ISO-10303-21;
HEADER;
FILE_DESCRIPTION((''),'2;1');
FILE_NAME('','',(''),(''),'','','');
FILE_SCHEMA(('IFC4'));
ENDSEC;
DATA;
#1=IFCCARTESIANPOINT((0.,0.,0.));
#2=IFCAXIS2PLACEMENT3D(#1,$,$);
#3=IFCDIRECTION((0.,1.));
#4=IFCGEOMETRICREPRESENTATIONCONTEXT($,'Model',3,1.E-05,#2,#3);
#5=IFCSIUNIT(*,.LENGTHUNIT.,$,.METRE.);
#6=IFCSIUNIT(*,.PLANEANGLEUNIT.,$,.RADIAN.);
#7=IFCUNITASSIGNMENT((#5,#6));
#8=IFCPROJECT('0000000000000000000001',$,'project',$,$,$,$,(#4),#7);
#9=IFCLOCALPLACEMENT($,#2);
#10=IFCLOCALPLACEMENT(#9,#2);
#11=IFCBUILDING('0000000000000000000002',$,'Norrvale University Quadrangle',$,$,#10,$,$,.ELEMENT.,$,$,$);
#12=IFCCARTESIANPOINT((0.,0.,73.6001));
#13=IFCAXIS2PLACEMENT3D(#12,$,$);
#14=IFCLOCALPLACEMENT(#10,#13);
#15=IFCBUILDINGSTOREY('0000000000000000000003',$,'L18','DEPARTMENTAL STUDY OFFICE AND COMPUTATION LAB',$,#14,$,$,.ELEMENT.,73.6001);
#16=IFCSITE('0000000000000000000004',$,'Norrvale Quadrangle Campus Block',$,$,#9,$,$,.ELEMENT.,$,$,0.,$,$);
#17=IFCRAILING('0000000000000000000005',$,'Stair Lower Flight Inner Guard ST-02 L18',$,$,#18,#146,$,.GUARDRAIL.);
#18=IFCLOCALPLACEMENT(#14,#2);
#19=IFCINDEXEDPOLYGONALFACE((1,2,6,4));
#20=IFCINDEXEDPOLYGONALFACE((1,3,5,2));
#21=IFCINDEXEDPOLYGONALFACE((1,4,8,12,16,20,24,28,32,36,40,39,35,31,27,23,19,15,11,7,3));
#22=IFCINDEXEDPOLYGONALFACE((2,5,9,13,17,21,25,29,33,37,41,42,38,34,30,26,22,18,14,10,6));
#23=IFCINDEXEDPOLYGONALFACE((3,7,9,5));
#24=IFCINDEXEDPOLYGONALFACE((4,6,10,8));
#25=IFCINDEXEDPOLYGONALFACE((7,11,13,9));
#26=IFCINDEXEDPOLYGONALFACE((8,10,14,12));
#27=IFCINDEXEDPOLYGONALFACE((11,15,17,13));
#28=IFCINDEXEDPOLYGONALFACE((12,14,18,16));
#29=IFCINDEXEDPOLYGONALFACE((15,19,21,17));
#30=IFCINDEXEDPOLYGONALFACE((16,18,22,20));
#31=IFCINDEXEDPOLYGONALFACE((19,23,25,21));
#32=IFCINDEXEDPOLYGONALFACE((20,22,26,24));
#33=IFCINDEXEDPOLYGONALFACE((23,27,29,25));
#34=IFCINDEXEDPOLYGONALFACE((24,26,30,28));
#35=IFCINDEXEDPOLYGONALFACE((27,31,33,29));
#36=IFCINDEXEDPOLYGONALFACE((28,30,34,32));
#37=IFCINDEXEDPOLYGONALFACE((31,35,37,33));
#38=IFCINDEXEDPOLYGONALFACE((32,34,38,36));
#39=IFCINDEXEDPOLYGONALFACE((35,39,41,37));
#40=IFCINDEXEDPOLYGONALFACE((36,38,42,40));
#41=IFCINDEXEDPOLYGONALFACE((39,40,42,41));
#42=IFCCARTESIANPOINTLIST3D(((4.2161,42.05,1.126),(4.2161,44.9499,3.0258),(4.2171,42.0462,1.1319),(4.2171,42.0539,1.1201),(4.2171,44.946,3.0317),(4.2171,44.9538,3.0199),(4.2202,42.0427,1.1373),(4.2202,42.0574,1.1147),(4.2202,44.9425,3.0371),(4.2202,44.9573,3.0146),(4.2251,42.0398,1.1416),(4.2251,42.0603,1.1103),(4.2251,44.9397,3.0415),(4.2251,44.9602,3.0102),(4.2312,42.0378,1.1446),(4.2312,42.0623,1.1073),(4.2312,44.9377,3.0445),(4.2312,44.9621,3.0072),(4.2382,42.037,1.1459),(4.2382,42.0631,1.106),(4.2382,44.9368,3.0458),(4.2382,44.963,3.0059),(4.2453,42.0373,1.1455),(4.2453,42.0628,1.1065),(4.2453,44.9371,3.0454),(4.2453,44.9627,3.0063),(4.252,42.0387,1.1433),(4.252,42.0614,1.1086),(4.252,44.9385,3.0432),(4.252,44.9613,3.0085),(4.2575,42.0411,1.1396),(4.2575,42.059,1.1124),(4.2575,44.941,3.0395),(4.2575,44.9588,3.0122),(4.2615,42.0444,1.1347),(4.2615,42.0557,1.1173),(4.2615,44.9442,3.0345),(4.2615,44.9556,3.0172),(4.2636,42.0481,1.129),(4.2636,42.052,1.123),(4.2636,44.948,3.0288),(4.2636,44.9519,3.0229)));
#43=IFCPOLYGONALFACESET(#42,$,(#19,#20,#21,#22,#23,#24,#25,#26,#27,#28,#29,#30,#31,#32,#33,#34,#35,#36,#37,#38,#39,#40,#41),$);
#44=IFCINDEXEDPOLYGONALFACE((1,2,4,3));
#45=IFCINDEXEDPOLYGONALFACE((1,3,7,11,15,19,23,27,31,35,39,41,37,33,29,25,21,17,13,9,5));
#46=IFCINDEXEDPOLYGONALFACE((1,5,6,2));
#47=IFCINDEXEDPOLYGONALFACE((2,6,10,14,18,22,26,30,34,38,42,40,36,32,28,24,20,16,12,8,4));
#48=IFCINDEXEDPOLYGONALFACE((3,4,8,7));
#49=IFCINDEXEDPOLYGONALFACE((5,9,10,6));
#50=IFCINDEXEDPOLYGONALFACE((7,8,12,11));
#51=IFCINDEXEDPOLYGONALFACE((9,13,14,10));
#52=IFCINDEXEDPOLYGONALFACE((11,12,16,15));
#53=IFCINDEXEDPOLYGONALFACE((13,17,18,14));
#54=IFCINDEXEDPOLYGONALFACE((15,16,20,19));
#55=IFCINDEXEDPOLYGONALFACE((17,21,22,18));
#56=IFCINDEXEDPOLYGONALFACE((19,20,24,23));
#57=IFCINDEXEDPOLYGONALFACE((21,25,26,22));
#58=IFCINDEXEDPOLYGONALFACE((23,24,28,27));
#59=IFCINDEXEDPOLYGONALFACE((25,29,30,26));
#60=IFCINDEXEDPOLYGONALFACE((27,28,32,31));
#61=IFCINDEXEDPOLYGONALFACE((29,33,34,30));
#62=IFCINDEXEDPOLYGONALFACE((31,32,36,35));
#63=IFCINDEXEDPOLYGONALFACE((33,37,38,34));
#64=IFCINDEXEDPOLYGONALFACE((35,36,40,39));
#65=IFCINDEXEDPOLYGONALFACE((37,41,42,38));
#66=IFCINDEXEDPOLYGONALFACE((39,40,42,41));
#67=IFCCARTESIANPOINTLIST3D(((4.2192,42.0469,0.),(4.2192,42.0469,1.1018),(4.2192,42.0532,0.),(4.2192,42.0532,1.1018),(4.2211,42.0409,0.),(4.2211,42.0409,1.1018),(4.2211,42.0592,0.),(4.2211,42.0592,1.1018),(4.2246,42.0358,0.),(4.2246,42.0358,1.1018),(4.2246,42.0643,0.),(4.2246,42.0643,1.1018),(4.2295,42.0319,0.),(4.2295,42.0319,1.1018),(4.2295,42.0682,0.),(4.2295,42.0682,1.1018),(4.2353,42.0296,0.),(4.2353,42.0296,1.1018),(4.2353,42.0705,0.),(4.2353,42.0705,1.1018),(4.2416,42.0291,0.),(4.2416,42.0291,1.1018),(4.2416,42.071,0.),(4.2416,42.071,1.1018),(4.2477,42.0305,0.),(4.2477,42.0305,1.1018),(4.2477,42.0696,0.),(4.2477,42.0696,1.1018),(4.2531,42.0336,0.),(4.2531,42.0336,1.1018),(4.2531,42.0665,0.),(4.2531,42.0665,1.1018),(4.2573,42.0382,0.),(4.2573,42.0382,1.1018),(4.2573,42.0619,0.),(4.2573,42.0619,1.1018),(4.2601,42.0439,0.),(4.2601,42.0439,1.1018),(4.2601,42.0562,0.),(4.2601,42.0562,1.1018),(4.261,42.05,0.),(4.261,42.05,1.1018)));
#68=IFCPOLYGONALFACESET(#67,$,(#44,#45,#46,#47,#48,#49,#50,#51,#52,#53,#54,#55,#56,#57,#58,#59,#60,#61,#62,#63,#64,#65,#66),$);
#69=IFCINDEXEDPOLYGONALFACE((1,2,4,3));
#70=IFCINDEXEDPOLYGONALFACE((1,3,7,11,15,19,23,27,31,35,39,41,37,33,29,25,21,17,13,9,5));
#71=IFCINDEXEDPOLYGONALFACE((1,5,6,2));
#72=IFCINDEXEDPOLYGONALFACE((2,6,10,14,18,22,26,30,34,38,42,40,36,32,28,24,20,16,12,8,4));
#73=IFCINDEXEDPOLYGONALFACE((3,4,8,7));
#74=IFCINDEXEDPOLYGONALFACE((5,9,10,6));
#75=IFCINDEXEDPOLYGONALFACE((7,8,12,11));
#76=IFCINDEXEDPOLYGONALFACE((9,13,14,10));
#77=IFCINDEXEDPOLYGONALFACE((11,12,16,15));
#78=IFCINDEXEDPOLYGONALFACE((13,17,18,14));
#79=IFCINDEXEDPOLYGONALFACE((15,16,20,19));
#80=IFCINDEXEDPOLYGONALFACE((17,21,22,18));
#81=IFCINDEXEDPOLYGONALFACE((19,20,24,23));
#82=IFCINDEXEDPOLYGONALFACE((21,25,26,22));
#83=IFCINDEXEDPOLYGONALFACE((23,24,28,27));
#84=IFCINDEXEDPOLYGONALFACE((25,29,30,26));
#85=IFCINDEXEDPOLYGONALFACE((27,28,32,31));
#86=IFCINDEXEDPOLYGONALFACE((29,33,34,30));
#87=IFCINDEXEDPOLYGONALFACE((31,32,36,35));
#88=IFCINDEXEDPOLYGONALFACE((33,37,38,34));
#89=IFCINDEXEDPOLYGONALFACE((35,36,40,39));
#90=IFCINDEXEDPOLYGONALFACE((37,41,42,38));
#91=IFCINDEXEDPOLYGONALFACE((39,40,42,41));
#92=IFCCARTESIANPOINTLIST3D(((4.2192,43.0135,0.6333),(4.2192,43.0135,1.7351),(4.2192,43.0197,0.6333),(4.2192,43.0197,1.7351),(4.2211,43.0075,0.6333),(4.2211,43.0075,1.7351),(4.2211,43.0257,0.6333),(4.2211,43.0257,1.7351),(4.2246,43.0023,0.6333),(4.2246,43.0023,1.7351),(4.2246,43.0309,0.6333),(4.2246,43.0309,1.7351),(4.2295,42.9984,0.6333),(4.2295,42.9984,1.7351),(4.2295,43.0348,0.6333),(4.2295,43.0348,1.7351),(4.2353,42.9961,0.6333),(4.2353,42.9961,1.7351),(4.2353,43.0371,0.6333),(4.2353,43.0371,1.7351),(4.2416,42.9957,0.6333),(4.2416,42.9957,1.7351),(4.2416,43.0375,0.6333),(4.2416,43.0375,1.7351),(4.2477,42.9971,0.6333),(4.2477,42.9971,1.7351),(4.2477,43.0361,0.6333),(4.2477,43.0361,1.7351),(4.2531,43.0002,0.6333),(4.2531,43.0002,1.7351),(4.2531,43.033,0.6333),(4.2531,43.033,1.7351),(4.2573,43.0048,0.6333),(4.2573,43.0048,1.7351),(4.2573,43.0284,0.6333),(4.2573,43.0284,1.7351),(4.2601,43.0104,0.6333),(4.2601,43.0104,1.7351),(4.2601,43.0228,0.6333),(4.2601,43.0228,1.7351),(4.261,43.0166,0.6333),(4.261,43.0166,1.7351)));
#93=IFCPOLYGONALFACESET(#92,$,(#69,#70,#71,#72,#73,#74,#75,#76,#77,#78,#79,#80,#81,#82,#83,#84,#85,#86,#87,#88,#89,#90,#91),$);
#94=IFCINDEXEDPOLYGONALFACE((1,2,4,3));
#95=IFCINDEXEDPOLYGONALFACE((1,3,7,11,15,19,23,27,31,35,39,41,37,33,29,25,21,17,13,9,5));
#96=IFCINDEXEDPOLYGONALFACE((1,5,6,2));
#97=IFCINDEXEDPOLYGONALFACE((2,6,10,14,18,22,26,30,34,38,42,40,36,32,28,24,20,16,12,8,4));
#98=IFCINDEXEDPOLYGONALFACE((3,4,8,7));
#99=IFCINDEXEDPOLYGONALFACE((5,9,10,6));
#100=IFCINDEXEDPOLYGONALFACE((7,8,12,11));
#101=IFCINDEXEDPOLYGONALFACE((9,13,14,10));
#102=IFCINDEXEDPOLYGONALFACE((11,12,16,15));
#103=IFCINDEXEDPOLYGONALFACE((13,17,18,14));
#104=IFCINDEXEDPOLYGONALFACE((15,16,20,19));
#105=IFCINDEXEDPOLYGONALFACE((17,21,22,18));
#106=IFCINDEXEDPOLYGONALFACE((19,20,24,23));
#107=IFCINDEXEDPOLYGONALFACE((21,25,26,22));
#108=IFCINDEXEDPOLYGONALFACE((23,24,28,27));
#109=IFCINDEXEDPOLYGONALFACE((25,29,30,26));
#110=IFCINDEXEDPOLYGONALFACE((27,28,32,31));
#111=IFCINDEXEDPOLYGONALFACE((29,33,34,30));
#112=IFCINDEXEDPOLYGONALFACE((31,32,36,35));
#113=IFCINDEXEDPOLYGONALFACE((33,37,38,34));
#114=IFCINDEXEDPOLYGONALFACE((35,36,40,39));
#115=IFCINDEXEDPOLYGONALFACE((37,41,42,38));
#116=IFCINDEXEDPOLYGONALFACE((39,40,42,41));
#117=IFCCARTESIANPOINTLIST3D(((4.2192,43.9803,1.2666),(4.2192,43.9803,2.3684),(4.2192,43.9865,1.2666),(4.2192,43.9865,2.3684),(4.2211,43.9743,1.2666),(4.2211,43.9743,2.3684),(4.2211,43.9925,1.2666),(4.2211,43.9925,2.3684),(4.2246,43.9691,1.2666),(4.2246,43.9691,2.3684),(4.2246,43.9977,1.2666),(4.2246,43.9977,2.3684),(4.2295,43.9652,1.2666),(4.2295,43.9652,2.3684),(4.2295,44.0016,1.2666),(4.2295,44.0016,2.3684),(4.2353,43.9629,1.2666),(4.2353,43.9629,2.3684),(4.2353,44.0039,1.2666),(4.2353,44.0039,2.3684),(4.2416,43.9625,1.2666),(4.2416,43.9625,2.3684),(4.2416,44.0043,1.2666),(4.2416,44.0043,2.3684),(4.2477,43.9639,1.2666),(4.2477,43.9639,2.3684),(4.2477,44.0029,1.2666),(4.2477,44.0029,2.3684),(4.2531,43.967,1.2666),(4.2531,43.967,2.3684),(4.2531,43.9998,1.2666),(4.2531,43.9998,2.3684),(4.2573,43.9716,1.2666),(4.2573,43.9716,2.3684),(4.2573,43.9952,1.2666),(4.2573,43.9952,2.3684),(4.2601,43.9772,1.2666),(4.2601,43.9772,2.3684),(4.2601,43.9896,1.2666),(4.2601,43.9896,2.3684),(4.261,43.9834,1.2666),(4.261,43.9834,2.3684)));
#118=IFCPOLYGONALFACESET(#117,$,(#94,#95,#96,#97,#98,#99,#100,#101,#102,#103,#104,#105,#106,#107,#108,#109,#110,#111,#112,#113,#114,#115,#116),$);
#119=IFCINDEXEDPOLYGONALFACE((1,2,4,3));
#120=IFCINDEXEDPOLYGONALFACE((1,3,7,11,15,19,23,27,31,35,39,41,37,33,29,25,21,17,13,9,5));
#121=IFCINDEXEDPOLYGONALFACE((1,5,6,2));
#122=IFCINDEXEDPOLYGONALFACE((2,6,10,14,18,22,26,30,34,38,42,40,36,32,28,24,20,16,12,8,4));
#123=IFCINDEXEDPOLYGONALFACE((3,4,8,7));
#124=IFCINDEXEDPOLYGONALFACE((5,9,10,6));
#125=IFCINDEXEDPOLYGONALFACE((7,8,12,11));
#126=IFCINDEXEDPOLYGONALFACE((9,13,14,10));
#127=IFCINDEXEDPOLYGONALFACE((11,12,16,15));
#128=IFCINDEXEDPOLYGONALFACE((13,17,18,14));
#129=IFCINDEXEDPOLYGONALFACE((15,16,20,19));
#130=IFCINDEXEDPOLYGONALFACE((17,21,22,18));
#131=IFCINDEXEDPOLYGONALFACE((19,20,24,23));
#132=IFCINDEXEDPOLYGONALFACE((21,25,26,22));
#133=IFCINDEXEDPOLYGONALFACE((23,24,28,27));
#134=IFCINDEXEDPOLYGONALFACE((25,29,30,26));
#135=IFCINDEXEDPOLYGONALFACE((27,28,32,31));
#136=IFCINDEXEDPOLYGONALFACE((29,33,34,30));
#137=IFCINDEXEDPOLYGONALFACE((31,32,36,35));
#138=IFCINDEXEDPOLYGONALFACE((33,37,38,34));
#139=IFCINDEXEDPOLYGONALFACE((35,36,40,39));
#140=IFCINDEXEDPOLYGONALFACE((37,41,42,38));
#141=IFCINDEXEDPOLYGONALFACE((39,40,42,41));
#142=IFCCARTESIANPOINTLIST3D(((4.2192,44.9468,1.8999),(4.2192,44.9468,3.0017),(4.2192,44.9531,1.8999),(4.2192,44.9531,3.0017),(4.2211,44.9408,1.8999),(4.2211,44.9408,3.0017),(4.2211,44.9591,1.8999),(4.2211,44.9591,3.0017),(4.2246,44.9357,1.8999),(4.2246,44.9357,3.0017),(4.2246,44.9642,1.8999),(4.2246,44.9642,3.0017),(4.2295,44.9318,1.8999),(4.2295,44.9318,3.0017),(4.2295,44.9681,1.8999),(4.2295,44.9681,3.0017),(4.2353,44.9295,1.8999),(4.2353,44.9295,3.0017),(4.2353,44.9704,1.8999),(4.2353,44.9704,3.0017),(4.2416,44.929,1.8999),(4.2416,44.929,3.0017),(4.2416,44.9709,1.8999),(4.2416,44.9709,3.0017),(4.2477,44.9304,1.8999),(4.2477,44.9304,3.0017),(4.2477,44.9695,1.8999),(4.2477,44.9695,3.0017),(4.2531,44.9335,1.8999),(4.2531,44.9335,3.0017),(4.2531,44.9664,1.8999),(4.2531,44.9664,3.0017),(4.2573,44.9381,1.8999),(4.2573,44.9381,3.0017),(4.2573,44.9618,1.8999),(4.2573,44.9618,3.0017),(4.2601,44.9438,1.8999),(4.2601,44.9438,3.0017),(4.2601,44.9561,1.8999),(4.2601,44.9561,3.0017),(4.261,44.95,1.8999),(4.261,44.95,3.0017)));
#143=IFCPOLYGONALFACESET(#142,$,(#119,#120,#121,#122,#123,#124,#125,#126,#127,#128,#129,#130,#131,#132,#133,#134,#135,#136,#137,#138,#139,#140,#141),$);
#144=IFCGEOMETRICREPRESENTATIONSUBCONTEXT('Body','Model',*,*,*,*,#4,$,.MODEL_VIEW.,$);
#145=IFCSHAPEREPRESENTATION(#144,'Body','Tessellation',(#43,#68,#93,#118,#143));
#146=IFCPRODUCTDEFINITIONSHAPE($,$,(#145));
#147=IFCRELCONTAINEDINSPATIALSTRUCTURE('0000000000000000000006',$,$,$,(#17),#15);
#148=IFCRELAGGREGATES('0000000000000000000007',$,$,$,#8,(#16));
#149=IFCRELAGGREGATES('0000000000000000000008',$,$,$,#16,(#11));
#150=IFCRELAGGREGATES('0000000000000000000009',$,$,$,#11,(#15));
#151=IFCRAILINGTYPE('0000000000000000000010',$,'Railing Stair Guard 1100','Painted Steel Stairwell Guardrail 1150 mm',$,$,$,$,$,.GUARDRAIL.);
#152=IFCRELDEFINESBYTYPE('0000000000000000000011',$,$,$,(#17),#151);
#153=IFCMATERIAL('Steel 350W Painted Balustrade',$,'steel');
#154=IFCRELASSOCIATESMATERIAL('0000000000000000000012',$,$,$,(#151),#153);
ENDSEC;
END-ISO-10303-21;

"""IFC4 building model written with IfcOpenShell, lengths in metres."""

from ifc_helpers import new_model, si_unit, direction, frame, origin, origin_2d, place, context, subcontext, project, spatial, circle, extrude, material, type_object, element, save


model = new_model("IFC4")

# Units and contexts
model_context = context("Model", 3, precision=1e-05, world=origin(), true_north=direction((0.0, 1.0)))
body_context = subcontext(model_context, "Body", "Model", "MODEL_VIEW")
ifc_project = project(units=[si_unit("LENGTHUNIT", "METRE"), si_unit("PLANEANGLEUNIT", "RADIAN")], contexts=[model_context])

# Site, building, storey
site_placement = place(None, origin())
site = spatial("IfcSite", under=ifc_project, at=site_placement, Name="Norrvale Quadrangle Campus Block", CompositionType="ELEMENT", RefElevation=0.0)
building_placement = place(site_placement, origin())
building = spatial("IfcBuilding", under=site, at=building_placement, Name="Norrvale University Quadrangle", CompositionType="ELEMENT")
storey_placement = place(building_placement, frame((0.0, 0.0, 73.6001)))
storey = spatial("IfcBuildingStorey", under=building, at=storey_placement, Name="L18", Description="DEPARTMENTAL STUDY OFFICE AND COMPUTATION LAB", CompositionType="ELEMENT", Elevation=73.6001)

# Railing
ifc_material_1 = material(Name="Steel 350W Painted Balustrade", Category="steel")
railing_type_1 = type_object("IfcRailingType", Name="Railing Stair Guard 1100", Description="Painted Steel Stairwell Guardrail 1150 mm", PredefinedType="GUARDRAIL", material=ifc_material_1)
railing_1_placement = place(storey_placement, frame((4.24, 42.05, 0.0)))
element("IfcRailing", 1, at=railing_1_placement, inside=storey, type_object=railing_type_1, Name="Stair Lower Flight Inner Guard ST-02 L18", PredefinedType="GUARDRAIL", context=body_context, shape_type="SweptSolid", body=[
    extrude(circle(Radius=0.0239, at=origin_2d()), frame((0.0, 0.0, 1.126), z_axis=(0.0, 0.836466, 0.548019), x_axis=(-1.0, 0.0, 0.0)), (0.0, 0.0, 1.0), 3.4668),
    extrude(circle(Radius=0.021, at=origin_2d()), origin(), (0.0, 0.0, 1.0), 1.1018),
    extrude(circle(Radius=0.021, at=origin_2d()), frame((0.0, 0.9666, 0.6333)), (0.0, 0.0, 1.0), 1.1018),
    extrude(circle(Radius=0.021, at=origin_2d()), frame((0.0, 1.9333, 1.2666)), (0.0, 0.0, 1.0), 1.1018),
    extrude(circle(Radius=0.021, at=origin_2d()), frame((0.0, 2.8999, 1.8999)), (0.0, 0.0, 1.0), 1.1018),
])

save(model, "model.ifc")
